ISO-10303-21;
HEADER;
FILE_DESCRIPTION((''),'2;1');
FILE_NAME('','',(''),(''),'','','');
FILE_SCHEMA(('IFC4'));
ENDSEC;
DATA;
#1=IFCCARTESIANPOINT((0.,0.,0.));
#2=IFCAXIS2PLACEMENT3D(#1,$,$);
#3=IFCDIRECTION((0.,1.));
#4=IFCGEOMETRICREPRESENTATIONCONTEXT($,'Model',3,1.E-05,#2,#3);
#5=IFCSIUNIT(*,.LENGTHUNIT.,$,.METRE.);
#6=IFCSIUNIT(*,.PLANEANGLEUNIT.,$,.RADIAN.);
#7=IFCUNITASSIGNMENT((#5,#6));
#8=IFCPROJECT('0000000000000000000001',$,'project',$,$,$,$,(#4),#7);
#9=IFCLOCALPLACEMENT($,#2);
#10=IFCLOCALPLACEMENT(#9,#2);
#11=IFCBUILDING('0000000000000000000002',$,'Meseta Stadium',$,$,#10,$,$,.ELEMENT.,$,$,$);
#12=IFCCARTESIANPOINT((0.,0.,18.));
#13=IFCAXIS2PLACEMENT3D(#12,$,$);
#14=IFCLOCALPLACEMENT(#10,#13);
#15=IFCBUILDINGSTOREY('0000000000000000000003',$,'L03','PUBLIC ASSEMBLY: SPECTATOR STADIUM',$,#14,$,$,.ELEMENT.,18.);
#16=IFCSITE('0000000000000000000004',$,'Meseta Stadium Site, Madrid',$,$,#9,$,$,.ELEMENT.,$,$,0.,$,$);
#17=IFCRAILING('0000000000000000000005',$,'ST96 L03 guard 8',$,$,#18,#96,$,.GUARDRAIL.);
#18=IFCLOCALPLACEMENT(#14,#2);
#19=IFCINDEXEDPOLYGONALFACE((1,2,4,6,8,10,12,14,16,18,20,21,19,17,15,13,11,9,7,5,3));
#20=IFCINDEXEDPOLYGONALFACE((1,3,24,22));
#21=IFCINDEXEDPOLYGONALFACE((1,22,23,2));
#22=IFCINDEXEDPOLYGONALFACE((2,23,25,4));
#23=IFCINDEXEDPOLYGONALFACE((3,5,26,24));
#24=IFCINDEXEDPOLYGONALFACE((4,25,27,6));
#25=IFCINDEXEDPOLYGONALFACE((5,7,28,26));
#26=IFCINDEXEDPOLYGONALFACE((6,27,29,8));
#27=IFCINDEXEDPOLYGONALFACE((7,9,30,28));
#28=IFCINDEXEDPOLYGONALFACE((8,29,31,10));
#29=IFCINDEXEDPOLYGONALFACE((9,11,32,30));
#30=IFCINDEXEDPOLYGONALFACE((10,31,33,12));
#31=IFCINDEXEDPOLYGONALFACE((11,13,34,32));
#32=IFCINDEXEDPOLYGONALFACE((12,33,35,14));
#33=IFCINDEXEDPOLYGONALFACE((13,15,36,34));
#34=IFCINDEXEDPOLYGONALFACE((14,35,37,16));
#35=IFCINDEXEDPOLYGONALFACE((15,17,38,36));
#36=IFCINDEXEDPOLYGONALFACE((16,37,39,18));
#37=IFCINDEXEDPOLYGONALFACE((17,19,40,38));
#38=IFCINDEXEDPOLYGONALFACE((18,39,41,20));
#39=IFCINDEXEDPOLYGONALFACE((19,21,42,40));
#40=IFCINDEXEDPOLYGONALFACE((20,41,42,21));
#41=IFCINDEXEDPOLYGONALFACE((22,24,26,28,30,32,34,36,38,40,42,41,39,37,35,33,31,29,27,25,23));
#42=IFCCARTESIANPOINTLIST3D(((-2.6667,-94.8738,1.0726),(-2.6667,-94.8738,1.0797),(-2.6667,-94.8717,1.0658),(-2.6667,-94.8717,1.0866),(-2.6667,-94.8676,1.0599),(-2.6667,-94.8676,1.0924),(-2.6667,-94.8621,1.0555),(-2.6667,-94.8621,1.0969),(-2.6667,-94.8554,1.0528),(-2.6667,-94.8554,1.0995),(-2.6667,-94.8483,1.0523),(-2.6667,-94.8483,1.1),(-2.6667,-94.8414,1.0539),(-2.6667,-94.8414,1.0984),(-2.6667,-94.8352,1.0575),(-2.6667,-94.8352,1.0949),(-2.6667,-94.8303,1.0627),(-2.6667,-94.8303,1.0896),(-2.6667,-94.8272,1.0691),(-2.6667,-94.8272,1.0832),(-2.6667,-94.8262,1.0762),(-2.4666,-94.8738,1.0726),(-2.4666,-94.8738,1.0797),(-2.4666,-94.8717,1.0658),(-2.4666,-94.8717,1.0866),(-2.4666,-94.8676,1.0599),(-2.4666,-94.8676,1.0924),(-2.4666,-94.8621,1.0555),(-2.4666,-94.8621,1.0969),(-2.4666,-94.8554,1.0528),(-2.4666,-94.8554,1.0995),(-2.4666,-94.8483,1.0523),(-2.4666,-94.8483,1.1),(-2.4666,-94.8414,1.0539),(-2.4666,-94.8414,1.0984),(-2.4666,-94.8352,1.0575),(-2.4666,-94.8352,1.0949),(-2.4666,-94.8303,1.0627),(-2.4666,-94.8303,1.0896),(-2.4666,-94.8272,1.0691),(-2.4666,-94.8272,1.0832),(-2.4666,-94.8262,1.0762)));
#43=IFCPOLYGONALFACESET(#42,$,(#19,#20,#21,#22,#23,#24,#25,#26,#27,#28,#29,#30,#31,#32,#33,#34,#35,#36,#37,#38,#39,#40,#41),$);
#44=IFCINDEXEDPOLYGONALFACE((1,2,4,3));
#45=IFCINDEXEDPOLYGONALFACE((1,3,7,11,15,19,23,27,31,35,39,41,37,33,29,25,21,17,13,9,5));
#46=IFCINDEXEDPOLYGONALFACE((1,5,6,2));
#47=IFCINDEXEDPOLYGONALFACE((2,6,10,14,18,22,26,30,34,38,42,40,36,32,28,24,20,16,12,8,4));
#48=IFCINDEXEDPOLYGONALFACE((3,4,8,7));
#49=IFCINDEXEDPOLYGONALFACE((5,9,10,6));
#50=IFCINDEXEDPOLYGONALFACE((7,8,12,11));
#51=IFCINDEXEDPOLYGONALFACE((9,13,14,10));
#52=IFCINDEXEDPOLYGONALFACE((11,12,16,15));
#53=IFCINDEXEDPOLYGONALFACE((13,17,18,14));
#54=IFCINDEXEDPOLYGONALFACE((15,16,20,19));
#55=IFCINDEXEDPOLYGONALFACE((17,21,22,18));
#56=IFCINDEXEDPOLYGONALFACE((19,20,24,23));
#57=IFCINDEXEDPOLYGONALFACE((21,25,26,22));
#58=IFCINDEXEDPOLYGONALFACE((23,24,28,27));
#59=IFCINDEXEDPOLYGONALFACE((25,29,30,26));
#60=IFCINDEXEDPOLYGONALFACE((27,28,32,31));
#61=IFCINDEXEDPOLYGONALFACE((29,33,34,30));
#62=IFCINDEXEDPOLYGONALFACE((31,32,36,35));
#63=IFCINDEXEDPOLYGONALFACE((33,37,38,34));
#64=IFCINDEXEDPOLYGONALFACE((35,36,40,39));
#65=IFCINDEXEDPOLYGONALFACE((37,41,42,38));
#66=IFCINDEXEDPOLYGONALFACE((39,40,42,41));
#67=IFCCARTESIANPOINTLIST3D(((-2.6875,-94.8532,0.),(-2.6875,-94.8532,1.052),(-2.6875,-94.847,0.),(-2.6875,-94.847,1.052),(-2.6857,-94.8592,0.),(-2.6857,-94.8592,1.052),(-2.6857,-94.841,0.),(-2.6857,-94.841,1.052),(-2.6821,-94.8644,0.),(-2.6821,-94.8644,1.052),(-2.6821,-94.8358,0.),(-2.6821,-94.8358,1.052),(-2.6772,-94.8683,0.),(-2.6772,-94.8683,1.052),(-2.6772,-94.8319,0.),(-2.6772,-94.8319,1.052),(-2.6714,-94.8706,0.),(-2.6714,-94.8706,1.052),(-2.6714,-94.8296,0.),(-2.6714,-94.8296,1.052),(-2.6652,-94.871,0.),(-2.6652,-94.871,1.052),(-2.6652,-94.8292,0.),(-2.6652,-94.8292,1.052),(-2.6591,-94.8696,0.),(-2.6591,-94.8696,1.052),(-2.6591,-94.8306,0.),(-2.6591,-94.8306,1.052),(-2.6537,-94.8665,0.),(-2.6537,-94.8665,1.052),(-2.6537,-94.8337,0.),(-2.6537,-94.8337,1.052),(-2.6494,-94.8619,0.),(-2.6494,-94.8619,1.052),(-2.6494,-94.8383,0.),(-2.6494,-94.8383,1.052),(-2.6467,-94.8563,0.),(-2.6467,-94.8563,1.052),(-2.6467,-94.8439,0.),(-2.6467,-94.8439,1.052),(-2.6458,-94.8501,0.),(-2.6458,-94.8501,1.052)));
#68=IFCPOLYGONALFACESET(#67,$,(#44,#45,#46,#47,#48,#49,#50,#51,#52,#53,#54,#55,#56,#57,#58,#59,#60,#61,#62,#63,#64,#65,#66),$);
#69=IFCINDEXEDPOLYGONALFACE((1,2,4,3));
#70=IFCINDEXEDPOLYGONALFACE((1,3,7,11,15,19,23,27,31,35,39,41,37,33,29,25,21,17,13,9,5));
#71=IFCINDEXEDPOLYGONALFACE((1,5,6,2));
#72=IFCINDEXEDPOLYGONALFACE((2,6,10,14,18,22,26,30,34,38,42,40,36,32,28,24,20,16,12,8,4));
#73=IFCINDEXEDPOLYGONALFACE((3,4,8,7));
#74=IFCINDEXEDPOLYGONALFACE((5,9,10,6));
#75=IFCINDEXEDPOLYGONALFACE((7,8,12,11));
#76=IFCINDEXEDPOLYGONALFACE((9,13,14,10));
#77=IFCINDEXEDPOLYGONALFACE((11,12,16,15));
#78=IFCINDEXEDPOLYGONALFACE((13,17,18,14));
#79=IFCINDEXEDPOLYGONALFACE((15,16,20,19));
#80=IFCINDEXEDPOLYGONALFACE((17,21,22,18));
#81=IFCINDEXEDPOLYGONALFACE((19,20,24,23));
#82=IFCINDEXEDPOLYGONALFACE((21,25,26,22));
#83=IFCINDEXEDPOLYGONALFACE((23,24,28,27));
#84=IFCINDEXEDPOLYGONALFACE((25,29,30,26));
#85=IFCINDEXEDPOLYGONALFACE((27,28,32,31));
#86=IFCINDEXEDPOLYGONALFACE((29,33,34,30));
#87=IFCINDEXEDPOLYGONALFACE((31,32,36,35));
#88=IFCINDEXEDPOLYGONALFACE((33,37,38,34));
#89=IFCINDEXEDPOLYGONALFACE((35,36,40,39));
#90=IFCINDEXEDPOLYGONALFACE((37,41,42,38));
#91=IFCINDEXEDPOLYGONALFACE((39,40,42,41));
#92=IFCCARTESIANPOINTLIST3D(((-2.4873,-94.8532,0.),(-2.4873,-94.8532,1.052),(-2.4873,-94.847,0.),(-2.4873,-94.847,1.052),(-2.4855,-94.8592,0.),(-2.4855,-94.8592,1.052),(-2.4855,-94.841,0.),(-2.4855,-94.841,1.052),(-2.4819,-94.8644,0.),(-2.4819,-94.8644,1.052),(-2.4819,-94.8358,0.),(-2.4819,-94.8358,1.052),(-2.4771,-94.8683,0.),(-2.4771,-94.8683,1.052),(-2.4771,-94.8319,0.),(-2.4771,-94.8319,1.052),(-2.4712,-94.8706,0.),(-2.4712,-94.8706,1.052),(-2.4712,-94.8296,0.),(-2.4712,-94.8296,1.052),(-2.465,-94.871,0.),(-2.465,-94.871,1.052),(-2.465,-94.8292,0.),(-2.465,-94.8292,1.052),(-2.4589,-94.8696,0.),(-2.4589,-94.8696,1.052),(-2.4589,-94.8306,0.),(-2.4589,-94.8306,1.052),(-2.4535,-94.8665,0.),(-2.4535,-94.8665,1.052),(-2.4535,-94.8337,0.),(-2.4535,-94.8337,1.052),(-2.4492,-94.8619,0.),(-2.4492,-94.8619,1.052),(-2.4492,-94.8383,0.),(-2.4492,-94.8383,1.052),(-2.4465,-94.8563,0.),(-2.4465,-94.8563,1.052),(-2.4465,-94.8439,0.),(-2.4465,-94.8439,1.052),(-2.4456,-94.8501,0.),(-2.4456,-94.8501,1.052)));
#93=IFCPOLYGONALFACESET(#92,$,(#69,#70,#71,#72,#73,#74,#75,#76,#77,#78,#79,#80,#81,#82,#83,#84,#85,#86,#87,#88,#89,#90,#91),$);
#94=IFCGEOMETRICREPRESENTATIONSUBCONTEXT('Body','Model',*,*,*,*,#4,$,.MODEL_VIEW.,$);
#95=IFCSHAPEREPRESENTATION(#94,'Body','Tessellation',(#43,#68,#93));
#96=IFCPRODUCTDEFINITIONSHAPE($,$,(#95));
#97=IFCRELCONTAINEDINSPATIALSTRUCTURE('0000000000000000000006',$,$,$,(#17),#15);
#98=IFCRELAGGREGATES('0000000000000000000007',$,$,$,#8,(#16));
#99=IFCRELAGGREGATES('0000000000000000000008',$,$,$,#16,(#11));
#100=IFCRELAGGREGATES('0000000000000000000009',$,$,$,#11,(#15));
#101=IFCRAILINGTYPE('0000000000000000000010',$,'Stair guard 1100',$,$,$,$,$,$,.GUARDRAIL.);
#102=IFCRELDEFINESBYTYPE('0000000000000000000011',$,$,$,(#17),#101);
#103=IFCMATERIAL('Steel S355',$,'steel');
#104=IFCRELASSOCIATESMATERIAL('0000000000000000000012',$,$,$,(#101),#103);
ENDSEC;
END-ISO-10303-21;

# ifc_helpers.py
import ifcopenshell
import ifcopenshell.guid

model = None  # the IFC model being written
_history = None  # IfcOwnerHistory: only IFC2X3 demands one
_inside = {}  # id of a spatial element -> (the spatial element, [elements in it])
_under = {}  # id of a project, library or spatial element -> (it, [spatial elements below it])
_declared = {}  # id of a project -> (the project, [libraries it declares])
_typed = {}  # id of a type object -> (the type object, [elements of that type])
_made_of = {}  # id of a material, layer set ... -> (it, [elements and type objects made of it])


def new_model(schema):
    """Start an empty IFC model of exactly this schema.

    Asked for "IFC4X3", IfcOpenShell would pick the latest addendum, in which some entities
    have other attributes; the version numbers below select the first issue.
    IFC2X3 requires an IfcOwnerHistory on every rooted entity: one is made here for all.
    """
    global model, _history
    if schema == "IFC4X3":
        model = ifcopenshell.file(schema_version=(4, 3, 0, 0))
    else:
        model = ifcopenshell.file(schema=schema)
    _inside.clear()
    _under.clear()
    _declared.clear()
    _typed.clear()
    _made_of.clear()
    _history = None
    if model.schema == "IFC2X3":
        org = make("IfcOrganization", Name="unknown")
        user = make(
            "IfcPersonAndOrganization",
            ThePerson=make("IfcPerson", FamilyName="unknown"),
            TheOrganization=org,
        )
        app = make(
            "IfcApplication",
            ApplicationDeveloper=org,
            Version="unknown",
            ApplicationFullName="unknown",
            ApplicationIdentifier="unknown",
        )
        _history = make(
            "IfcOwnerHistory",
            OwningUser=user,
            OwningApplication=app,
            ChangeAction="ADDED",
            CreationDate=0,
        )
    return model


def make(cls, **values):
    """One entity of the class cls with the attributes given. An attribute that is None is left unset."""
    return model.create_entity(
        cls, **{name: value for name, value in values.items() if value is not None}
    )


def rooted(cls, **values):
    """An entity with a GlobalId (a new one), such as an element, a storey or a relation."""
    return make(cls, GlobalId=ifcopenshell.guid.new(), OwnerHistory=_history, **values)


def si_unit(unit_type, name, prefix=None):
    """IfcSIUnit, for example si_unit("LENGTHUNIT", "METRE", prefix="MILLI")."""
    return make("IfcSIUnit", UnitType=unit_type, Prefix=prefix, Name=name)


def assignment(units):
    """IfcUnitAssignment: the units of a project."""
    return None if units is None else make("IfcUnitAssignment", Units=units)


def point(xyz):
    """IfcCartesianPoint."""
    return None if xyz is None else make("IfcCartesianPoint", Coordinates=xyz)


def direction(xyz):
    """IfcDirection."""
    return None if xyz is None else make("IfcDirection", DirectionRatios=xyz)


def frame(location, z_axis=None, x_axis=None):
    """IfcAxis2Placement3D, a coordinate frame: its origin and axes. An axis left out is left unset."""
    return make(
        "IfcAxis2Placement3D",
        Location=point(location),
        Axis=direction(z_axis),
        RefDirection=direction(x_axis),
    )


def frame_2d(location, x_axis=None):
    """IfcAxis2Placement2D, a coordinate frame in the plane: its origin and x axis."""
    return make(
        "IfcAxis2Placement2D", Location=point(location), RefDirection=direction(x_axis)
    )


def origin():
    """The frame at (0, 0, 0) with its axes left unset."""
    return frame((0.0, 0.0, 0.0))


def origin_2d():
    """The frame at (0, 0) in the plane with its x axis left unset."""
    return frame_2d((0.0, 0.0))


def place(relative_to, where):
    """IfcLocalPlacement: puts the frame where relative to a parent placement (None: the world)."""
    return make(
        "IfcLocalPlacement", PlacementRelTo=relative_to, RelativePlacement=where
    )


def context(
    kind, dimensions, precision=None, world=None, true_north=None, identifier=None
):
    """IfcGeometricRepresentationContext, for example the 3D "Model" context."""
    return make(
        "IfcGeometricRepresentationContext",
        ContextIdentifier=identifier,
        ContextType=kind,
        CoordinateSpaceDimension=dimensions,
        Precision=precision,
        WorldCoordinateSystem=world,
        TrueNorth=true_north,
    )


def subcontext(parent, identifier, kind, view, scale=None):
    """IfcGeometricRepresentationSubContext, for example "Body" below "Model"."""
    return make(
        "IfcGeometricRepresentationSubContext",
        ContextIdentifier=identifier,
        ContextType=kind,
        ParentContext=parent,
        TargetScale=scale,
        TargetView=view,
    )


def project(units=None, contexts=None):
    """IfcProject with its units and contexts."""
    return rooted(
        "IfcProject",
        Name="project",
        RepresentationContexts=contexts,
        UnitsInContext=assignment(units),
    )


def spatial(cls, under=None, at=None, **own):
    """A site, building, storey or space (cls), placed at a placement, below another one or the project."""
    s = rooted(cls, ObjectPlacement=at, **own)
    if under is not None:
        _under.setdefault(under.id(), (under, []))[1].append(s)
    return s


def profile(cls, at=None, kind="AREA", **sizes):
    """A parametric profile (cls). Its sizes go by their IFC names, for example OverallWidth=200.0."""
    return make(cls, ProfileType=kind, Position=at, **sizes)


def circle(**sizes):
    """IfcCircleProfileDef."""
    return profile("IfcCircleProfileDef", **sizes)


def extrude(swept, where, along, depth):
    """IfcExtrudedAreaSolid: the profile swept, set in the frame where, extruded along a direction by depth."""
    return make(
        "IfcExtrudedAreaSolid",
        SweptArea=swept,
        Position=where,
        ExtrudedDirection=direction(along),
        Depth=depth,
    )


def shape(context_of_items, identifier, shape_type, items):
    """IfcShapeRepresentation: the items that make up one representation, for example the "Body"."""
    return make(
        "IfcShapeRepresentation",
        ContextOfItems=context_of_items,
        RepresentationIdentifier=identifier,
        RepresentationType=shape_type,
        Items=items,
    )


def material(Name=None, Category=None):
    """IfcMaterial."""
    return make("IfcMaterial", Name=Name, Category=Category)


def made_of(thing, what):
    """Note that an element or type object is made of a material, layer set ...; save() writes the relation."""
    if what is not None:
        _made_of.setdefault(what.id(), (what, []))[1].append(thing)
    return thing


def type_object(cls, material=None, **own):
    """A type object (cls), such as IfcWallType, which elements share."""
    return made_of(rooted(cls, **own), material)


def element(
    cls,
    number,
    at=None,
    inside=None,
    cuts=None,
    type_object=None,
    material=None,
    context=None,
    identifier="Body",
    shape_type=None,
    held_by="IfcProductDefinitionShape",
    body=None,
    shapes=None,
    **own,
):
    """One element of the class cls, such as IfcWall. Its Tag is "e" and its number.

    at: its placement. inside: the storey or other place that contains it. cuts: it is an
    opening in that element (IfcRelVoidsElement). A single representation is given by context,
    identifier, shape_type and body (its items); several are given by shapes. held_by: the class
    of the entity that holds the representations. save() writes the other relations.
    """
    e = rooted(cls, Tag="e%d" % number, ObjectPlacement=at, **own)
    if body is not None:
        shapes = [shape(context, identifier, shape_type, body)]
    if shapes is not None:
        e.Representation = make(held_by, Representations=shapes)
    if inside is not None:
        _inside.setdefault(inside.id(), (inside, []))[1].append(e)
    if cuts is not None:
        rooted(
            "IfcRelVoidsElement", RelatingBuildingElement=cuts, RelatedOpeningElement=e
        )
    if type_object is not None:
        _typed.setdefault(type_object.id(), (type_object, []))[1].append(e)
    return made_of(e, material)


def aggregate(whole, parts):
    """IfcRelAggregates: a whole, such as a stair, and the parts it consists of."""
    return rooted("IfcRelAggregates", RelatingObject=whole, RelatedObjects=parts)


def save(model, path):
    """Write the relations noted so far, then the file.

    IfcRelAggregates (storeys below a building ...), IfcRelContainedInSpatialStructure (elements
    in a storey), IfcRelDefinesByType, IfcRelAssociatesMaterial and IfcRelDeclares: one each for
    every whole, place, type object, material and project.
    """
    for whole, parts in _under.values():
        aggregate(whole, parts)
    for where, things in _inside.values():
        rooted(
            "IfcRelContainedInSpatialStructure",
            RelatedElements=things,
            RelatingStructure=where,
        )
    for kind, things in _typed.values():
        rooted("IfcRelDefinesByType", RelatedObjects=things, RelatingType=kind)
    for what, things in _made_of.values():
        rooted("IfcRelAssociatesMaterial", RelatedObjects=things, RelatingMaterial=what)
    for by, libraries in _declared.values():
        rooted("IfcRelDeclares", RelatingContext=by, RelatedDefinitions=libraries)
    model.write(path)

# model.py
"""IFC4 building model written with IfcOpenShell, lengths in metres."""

from ifc_helpers import new_model, si_unit, direction, frame, origin, origin_2d, place, context, subcontext, project, spatial, circle, extrude, material, type_object, element, save


model = new_model("IFC4")

# Units and contexts
model_context = context("Model", 3, precision=1e-05, world=origin(), true_north=direction((0.0, 1.0)))
body_context = subcontext(model_context, "Body", "Model", "MODEL_VIEW")
ifc_project = project(units=[si_unit("LENGTHUNIT", "METRE"), si_unit("PLANEANGLEUNIT", "RADIAN")], contexts=[model_context])

# Site, building, storey
site_placement = place(None, origin())
site = spatial("IfcSite", under=ifc_project, at=site_placement, Name="Meseta Stadium Site, Madrid", CompositionType="ELEMENT", RefElevation=0.0)
building_placement = place(site_placement, origin())
building = spatial("IfcBuilding", under=site, at=building_placement, Name="Meseta Stadium", CompositionType="ELEMENT")
storey_placement = place(building_placement, frame((0.0, 0.0, 18.0)))
storey = spatial("IfcBuildingStorey", under=building, at=storey_placement, Name="L03", Description="PUBLIC ASSEMBLY: SPECTATOR STADIUM", CompositionType="ELEMENT", Elevation=18.0)

# Railing
ifc_material_1 = material(Name="Steel S355", Category="steel")
railing_type_1 = type_object("IfcRailingType", Name="Stair guard 1100", PredefinedType="GUARDRAIL", material=ifc_material_1)
railing_1_placement = place(storey_placement, frame((-2.6667, -94.8501, 0.0)))
element("IfcRailing", 1, at=railing_1_placement, inside=storey, type_object=railing_type_1, Name="ST96 L03 guard 8", PredefinedType="GUARDRAIL", context=body_context, shape_type="SweptSolid", body=[
    extrude(circle(Radius=0.0239, at=origin_2d()), frame((0.0, 0.0, 1.0762), z_axis=(1.0, 0.0, 0.0), x_axis=(0.0, 1.0, 0.0)), (0.0, 0.0, 1.0), 0.2002),
    extrude(circle(Radius=0.021, at=origin_2d()), origin(), (0.0, 0.0, 1.0), 1.052),
    extrude(circle(Radius=0.021, at=origin_2d()), frame((0.2002, 0.0, 0.0)), (0.0, 0.0, 1.0), 1.052),
])

save(model, "model.ifc")
